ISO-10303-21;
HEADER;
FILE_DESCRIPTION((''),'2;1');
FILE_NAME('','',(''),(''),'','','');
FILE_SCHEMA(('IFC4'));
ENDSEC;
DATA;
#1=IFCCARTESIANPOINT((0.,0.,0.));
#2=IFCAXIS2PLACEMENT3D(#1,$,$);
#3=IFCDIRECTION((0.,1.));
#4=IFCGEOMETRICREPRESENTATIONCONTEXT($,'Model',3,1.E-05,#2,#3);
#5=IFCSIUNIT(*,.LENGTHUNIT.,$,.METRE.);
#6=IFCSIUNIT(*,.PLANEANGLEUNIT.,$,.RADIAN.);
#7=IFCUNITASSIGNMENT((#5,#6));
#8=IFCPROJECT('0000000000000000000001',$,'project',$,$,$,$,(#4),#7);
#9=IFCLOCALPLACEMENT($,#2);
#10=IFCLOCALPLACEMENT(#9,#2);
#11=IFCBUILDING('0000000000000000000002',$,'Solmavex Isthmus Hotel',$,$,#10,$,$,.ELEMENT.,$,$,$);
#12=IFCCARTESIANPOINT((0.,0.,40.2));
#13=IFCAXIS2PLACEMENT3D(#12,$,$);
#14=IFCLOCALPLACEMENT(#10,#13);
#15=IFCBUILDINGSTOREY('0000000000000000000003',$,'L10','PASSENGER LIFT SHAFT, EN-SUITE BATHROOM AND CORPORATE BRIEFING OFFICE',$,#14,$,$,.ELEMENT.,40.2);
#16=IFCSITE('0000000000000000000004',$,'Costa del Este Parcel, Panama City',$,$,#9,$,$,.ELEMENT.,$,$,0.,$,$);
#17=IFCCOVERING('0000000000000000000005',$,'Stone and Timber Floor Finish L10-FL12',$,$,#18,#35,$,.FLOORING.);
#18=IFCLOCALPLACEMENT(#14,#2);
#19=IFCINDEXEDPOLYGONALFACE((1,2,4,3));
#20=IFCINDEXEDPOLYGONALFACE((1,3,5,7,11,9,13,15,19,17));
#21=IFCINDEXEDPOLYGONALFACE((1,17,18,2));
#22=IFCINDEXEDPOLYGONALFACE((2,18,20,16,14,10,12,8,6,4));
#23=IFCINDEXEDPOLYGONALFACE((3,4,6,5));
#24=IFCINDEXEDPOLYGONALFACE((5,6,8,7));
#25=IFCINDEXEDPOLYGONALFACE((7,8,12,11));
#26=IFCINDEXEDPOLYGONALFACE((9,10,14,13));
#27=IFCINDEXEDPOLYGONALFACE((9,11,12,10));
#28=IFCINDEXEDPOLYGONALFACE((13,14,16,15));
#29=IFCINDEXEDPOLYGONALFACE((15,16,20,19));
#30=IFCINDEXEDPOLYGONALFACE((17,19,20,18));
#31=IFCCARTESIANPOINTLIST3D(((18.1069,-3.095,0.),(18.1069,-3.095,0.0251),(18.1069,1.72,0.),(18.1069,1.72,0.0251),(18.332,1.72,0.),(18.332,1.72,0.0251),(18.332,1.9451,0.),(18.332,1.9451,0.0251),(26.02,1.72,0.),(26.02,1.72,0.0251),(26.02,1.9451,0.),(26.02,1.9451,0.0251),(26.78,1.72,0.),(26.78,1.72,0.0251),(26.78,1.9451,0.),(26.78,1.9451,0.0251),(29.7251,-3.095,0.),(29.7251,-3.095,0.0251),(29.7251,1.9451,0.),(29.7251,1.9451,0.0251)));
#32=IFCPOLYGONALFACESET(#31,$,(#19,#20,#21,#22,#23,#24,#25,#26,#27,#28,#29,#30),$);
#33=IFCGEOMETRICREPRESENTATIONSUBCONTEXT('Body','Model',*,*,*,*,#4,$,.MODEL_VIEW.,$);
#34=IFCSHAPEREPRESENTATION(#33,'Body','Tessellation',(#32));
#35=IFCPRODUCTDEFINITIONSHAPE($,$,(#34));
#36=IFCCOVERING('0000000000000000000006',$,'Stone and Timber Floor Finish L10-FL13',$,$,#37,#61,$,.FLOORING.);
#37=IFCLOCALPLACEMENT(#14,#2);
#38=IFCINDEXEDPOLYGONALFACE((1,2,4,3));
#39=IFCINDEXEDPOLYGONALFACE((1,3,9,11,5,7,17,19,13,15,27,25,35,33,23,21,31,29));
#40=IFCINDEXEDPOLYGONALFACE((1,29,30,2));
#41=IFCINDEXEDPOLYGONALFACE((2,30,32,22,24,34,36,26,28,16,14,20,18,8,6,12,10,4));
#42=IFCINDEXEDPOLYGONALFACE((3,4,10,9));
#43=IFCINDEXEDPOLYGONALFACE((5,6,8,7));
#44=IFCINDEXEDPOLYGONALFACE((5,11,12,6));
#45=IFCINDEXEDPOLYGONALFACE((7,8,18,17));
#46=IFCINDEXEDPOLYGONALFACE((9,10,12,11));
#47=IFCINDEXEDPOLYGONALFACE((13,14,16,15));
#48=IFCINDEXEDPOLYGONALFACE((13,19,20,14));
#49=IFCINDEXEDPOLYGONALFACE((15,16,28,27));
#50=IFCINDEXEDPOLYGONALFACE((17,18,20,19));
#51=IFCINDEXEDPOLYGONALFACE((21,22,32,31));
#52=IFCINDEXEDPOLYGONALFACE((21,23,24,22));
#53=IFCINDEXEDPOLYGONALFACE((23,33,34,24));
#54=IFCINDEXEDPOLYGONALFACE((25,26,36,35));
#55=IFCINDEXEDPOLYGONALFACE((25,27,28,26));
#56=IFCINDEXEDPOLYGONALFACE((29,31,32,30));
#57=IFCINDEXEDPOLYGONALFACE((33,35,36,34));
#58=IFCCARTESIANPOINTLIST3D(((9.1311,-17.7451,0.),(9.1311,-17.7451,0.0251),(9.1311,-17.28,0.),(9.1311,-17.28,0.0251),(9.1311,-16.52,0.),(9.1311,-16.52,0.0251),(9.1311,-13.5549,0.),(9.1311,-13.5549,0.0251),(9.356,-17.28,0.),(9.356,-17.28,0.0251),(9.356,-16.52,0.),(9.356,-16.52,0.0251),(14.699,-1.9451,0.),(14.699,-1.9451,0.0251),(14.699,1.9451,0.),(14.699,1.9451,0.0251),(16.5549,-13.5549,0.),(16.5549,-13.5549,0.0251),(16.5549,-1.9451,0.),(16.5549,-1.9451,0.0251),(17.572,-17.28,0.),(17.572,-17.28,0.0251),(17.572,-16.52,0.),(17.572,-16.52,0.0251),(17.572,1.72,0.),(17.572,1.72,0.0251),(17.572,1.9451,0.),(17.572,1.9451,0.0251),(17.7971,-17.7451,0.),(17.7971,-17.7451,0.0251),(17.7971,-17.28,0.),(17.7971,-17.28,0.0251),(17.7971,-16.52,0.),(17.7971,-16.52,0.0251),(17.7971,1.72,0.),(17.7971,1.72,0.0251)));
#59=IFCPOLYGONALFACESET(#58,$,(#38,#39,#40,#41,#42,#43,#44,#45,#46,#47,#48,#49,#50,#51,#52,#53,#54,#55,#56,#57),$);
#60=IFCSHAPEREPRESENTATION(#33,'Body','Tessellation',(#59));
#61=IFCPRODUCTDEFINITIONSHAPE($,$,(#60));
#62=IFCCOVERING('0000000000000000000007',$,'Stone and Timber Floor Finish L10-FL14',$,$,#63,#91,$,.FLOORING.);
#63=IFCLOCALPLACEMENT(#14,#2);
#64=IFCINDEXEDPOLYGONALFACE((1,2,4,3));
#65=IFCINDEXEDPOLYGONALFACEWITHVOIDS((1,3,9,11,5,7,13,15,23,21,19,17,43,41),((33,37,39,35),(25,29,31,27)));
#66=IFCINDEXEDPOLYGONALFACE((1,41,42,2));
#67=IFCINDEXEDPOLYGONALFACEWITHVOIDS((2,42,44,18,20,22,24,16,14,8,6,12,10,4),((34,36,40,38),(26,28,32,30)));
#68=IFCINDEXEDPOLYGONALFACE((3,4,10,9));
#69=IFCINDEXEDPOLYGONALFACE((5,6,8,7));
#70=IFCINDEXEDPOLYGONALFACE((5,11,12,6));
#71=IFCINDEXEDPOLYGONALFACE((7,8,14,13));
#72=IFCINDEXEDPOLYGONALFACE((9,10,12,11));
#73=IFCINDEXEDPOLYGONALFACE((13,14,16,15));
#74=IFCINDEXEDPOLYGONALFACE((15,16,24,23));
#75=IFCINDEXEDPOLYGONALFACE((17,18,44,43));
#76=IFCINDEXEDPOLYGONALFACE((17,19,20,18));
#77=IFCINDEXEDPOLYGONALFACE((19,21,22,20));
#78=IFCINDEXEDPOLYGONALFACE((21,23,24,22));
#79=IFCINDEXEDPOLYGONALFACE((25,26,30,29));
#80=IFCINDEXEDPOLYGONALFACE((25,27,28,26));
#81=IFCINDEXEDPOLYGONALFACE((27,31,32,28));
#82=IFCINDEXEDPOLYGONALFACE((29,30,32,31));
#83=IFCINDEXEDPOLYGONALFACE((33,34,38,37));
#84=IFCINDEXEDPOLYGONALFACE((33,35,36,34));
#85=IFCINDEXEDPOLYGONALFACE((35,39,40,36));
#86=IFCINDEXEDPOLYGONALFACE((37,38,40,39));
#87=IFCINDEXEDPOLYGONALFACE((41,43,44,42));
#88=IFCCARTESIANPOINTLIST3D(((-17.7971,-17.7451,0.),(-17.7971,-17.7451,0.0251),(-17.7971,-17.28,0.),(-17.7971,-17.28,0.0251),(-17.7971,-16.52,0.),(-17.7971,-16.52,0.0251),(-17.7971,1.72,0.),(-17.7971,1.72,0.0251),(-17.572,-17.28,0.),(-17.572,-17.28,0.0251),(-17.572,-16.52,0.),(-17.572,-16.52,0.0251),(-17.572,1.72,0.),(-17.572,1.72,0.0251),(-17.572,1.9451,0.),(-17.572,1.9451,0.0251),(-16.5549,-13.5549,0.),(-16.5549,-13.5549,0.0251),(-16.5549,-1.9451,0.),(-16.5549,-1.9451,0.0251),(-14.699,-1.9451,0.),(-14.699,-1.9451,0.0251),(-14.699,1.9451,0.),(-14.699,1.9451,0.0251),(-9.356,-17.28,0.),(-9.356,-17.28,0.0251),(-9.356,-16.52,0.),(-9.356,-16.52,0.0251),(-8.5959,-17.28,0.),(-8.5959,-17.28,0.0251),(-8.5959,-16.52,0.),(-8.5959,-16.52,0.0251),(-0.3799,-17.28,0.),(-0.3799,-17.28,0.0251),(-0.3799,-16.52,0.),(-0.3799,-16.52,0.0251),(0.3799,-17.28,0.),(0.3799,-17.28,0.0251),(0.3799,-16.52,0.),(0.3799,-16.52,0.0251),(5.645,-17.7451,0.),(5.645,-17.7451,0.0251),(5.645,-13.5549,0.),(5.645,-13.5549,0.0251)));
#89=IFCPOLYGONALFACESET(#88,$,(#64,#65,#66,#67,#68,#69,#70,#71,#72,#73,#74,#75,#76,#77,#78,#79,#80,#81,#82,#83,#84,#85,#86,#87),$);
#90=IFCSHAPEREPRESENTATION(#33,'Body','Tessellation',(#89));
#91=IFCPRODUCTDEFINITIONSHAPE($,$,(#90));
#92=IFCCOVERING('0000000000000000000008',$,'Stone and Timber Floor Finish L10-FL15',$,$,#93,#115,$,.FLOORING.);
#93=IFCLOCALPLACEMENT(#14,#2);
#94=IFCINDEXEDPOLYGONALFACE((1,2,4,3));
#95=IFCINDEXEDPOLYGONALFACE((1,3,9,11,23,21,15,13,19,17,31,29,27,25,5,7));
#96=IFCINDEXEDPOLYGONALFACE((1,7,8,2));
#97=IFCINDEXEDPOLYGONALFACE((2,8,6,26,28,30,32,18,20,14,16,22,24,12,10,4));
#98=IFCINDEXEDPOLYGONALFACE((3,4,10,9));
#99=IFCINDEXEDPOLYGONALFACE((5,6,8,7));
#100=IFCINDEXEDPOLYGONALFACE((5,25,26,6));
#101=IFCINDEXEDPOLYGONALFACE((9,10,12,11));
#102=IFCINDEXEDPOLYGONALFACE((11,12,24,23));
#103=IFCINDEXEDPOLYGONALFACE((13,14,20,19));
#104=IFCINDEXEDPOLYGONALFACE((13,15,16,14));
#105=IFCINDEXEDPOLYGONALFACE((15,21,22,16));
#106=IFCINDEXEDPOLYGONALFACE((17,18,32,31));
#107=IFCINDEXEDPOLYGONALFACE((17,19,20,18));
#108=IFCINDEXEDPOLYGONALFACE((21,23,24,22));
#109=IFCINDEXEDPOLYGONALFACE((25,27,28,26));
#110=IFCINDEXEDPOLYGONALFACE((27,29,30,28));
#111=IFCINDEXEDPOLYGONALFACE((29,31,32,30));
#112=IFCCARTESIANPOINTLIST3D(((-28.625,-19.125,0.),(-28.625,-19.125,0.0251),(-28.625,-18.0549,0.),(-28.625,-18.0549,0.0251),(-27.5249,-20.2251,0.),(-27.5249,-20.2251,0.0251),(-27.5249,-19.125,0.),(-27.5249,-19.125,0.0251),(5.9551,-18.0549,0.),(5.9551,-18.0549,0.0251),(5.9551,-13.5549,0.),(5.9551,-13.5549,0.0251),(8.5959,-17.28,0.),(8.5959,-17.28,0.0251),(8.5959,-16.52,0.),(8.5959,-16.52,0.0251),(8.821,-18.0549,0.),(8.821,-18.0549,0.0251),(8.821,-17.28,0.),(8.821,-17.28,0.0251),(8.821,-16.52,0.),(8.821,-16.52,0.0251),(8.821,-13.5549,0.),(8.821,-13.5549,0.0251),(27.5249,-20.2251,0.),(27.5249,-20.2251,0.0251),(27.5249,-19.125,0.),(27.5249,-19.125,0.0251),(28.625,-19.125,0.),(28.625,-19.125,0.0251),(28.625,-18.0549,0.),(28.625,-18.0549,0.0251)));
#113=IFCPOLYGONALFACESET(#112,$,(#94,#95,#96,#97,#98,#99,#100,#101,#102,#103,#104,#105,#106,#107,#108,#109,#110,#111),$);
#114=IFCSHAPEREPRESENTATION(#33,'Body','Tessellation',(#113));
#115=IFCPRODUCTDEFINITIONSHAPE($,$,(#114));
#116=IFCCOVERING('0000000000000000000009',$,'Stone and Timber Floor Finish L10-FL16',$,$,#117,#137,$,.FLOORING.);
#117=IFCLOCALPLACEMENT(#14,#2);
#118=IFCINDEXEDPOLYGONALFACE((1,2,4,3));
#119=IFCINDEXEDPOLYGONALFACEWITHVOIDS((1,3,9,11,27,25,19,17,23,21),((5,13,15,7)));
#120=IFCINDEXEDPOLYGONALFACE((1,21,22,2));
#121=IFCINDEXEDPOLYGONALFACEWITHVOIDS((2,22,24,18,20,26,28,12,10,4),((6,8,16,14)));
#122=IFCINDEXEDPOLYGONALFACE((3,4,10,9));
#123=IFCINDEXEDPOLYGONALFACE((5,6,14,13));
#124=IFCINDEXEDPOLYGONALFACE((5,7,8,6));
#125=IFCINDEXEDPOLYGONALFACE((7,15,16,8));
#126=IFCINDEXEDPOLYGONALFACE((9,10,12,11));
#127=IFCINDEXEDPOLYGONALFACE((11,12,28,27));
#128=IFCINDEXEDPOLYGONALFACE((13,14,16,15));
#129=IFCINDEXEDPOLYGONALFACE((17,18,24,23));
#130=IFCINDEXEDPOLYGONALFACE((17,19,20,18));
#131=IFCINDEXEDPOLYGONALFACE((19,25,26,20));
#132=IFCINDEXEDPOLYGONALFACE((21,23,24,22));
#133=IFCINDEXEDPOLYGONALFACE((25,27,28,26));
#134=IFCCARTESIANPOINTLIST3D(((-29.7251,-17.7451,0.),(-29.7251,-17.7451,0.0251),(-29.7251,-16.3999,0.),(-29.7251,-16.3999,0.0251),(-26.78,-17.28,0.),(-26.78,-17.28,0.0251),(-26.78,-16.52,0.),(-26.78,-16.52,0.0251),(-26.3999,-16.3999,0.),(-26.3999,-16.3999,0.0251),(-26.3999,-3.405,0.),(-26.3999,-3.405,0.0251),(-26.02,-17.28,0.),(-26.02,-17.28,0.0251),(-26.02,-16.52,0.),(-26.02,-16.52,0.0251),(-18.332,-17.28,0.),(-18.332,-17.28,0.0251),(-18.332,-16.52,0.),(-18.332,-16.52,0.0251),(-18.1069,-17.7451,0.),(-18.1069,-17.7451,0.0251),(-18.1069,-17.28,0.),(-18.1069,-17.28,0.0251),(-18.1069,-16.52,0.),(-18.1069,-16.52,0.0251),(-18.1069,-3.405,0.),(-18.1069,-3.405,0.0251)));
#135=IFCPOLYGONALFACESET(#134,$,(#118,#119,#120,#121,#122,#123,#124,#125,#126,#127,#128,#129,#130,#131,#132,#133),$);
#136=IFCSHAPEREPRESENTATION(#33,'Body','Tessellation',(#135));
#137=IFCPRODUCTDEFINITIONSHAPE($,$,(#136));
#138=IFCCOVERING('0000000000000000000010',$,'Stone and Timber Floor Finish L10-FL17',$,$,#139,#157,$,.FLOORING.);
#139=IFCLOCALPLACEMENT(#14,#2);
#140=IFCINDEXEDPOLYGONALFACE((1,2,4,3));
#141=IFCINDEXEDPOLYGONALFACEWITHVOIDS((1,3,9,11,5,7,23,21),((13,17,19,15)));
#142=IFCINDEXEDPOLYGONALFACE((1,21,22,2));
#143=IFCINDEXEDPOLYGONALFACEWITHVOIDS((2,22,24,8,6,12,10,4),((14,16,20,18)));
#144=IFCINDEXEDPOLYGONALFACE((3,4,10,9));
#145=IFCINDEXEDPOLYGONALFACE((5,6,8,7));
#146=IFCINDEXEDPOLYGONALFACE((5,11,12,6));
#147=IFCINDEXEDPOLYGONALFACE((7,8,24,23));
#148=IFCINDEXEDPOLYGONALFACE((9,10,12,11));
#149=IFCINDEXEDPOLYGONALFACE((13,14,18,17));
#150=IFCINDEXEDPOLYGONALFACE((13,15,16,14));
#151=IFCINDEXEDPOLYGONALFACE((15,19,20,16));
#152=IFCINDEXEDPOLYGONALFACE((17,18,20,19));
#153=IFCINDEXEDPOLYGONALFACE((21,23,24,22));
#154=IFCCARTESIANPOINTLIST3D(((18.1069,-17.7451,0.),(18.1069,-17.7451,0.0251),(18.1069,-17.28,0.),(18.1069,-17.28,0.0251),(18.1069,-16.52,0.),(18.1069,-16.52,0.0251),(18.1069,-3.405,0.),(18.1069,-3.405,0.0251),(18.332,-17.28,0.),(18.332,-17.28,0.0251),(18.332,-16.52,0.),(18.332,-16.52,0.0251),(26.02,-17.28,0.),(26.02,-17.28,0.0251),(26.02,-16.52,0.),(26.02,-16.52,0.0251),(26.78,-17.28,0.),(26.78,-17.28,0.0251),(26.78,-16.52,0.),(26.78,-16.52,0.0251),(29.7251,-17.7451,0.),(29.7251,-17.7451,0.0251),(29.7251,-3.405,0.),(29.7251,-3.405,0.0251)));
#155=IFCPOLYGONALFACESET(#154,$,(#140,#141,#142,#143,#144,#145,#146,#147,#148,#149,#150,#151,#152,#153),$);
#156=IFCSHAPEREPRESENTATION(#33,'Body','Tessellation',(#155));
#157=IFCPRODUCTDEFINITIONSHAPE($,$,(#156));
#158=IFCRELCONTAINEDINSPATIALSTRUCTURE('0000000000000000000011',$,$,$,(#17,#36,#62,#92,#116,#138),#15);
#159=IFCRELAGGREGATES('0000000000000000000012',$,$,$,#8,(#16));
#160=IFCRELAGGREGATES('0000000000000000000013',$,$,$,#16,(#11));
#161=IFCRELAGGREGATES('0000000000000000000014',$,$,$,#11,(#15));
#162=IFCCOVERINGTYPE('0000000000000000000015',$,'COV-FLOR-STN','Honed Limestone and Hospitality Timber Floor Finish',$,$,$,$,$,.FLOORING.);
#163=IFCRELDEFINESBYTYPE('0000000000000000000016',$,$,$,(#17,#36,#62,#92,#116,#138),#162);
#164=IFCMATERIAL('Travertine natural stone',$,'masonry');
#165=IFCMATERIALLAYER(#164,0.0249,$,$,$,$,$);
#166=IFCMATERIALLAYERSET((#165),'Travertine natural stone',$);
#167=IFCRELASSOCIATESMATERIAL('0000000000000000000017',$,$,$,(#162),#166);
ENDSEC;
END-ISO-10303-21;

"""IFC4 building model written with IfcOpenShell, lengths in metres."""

from ifc_helpers import new_model, si_unit, direction, frame, origin, place, context, subcontext, project, spatial, polyline, outline, extrude, material, layer, layer_set, type_object, element, save


model = new_model("IFC4")

# Units and contexts
model_context = context("Model", 3, precision=1e-05, world=origin(), true_north=direction((0.0, 1.0)))
body_context = subcontext(model_context, "Body", "Model", "MODEL_VIEW")
ifc_project = project(units=[si_unit("LENGTHUNIT", "METRE"), si_unit("PLANEANGLEUNIT", "RADIAN")], contexts=[model_context])

# Site, building, storey
site_placement = place(None, origin())
site = spatial("IfcSite", under=ifc_project, at=site_placement, Name="Costa del Este Parcel, Panama City", CompositionType="ELEMENT", RefElevation=0.0)
building_placement = place(site_placement, origin())
building = spatial("IfcBuilding", under=site, at=building_placement, Name="Solmavex Isthmus Hotel", CompositionType="ELEMENT")
storey_placement = place(building_placement, frame((0.0, 0.0, 40.2)))
storey = spatial("IfcBuildingStorey", under=building, at=storey_placement, Name="L10", Description="PASSENGER LIFT SHAFT, EN-SUITE BATHROOM AND CORPORATE BRIEFING OFFICE", CompositionType="ELEMENT", Elevation=40.2)

# Coverings
ifc_material_1 = material(Name="Travertine natural stone", Category="masonry")
ifc_layer_1 = layer(ifc_material_1, 0.0249)
ifc_layer_set_1 = layer_set([ifc_layer_1], Name="Travertine natural stone")
covering_type_1 = type_object("IfcCoveringType", Name="COV-FLOR-STN", Description="Honed Limestone and Hospitality Timber Floor Finish", PredefinedType="FLOORING", material=ifc_layer_set_1)
covering_1_placement = place(storey_placement, origin())
element("IfcCovering", 1, at=covering_1_placement, inside=storey, type_object=covering_type_1, Name="Stone and Timber Floor Finish L10-FL12", PredefinedType="FLOORING", context=body_context, shape_type="SweptSolid", body=[
    extrude(outline(polyline([(26.78, 1.9451), (26.78, 1.72), (26.02, 1.72), (26.02, 1.9451), (18.332, 1.9451), (18.332, 1.72), (18.1069, 1.72), (18.1069, -3.095), (29.7251, -3.095), (29.7251, 1.9451), (26.78, 1.9451)])), origin(), (0.0, 0.0, 1.0), 0.0251),
])
covering_2_placement = place(storey_placement, origin())
element("IfcCovering", 2, at=covering_2_placement, inside=storey, type_object=covering_type_1, Name="Stone and Timber Floor Finish L10-FL13", PredefinedType="FLOORING", context=body_context, shape_type="SweptSolid", body=[
    extrude(outline(polyline([(17.7971, 1.72), (17.572, 1.72), (17.572, 1.9451), (14.699, 1.9451), (14.699, -1.9451), (16.5549, -1.9451), (16.5549, -13.5549), (9.1311, -13.5549), (9.1311, -16.52), (9.356, -16.52), (9.356, -17.28), (9.1311, -17.28), (9.1311, -17.7451), (17.7971, -17.7451), (17.7971, -17.28), (17.572, -17.28), (17.572, -16.52), (17.7971, -16.52), (17.7971, 1.72)])), origin(), (0.0, 0.0, 1.0), 0.0251),
])
covering_3_placement = place(storey_placement, origin())
element("IfcCovering", 3, at=covering_3_placement, inside=storey, type_object=covering_type_1, Name="Stone and Timber Floor Finish L10-FL14", PredefinedType="FLOORING", context=body_context, shape_type="SweptSolid", body=[
    extrude(outline(polyline([(-17.7971, -16.52), (-17.572, -16.52), (-17.572, -17.28), (-17.7971, -17.28), (-17.7971, -17.7451), (5.645, -17.7451), (5.645, -13.5549), (-16.5549, -13.5549), (-16.5549, -1.9451), (-14.699, -1.9451), (-14.699, 1.9451), (-17.572, 1.9451), (-17.572, 1.72), (-17.7971, 1.72), (-17.7971, -16.52)]), holes=[polyline([(-0.3799, -17.28), (-0.3799, -16.52), (0.3799, -16.52), (0.3799, -17.28), (-0.3799, -17.28)]), polyline([(-9.356, -17.28), (-9.356, -16.52), (-8.5959, -16.52), (-8.5959, -17.28), (-9.356, -17.28)])]), origin(), (0.0, 0.0, 1.0), 0.0251),
])
covering_4_placement = place(storey_placement, origin())
element("IfcCovering", 4, at=covering_4_placement, inside=storey, type_object=covering_type_1, Name="Stone and Timber Floor Finish L10-FL15", PredefinedType="FLOORING", context=body_context, shape_type="SweptSolid", body=[
    extrude(outline(polyline([(-28.625, -18.0549), (-28.625, -19.125), (-27.5249, -19.125), (-27.5249, -20.2251), (27.5249, -20.2251), (27.5249, -19.125), (28.625, -19.125), (28.625, -18.0549), (8.821, -18.0549), (8.821, -17.28), (8.5959, -17.28), (8.5959, -16.52), (8.821, -16.52), (8.821, -13.5549), (5.9551, -13.5549), (5.9551, -18.0549), (-28.625, -18.0549)])), origin(), (0.0, 0.0, 1.0), 0.0251),
])
covering_5_placement = place(storey_placement, origin())
element("IfcCovering", 5, at=covering_5_placement, inside=storey, type_object=covering_type_1, Name="Stone and Timber Floor Finish L10-FL16", PredefinedType="FLOORING", context=body_context, shape_type="SweptSolid", body=[
    extrude(outline(polyline([(-18.1069, -17.28), (-18.332, -17.28), (-18.332, -16.52), (-18.1069, -16.52), (-18.1069, -3.405), (-26.3999, -3.405), (-26.3999, -16.3999), (-29.7251, -16.3999), (-29.7251, -17.7451), (-18.1069, -17.7451), (-18.1069, -17.28)]), holes=[polyline([(-26.78, -17.28), (-26.78, -16.52), (-26.02, -16.52), (-26.02, -17.28), (-26.78, -17.28)])]), origin(), (0.0, 0.0, 1.0), 0.0251),
])
covering_6_placement = place(storey_placement, origin())
element("IfcCovering", 6, at=covering_6_placement, inside=storey, type_object=covering_type_1, Name="Stone and Timber Floor Finish L10-FL17", PredefinedType="FLOORING", context=body_context, shape_type="SweptSolid", body=[
    extrude(outline(polyline([(18.1069, -16.52), (18.332, -16.52), (18.332, -17.28), (18.1069, -17.28), (18.1069, -17.7451), (29.7251, -17.7451), (29.7251, -3.405), (18.1069, -3.405), (18.1069, -16.52)]), holes=[polyline([(26.02, -17.28), (26.02, -16.52), (26.78, -16.52), (26.78, -17.28), (26.02, -17.28)])]), origin(), (0.0, 0.0, 1.0), 0.0251),
])

save(model, "model.ifc")
